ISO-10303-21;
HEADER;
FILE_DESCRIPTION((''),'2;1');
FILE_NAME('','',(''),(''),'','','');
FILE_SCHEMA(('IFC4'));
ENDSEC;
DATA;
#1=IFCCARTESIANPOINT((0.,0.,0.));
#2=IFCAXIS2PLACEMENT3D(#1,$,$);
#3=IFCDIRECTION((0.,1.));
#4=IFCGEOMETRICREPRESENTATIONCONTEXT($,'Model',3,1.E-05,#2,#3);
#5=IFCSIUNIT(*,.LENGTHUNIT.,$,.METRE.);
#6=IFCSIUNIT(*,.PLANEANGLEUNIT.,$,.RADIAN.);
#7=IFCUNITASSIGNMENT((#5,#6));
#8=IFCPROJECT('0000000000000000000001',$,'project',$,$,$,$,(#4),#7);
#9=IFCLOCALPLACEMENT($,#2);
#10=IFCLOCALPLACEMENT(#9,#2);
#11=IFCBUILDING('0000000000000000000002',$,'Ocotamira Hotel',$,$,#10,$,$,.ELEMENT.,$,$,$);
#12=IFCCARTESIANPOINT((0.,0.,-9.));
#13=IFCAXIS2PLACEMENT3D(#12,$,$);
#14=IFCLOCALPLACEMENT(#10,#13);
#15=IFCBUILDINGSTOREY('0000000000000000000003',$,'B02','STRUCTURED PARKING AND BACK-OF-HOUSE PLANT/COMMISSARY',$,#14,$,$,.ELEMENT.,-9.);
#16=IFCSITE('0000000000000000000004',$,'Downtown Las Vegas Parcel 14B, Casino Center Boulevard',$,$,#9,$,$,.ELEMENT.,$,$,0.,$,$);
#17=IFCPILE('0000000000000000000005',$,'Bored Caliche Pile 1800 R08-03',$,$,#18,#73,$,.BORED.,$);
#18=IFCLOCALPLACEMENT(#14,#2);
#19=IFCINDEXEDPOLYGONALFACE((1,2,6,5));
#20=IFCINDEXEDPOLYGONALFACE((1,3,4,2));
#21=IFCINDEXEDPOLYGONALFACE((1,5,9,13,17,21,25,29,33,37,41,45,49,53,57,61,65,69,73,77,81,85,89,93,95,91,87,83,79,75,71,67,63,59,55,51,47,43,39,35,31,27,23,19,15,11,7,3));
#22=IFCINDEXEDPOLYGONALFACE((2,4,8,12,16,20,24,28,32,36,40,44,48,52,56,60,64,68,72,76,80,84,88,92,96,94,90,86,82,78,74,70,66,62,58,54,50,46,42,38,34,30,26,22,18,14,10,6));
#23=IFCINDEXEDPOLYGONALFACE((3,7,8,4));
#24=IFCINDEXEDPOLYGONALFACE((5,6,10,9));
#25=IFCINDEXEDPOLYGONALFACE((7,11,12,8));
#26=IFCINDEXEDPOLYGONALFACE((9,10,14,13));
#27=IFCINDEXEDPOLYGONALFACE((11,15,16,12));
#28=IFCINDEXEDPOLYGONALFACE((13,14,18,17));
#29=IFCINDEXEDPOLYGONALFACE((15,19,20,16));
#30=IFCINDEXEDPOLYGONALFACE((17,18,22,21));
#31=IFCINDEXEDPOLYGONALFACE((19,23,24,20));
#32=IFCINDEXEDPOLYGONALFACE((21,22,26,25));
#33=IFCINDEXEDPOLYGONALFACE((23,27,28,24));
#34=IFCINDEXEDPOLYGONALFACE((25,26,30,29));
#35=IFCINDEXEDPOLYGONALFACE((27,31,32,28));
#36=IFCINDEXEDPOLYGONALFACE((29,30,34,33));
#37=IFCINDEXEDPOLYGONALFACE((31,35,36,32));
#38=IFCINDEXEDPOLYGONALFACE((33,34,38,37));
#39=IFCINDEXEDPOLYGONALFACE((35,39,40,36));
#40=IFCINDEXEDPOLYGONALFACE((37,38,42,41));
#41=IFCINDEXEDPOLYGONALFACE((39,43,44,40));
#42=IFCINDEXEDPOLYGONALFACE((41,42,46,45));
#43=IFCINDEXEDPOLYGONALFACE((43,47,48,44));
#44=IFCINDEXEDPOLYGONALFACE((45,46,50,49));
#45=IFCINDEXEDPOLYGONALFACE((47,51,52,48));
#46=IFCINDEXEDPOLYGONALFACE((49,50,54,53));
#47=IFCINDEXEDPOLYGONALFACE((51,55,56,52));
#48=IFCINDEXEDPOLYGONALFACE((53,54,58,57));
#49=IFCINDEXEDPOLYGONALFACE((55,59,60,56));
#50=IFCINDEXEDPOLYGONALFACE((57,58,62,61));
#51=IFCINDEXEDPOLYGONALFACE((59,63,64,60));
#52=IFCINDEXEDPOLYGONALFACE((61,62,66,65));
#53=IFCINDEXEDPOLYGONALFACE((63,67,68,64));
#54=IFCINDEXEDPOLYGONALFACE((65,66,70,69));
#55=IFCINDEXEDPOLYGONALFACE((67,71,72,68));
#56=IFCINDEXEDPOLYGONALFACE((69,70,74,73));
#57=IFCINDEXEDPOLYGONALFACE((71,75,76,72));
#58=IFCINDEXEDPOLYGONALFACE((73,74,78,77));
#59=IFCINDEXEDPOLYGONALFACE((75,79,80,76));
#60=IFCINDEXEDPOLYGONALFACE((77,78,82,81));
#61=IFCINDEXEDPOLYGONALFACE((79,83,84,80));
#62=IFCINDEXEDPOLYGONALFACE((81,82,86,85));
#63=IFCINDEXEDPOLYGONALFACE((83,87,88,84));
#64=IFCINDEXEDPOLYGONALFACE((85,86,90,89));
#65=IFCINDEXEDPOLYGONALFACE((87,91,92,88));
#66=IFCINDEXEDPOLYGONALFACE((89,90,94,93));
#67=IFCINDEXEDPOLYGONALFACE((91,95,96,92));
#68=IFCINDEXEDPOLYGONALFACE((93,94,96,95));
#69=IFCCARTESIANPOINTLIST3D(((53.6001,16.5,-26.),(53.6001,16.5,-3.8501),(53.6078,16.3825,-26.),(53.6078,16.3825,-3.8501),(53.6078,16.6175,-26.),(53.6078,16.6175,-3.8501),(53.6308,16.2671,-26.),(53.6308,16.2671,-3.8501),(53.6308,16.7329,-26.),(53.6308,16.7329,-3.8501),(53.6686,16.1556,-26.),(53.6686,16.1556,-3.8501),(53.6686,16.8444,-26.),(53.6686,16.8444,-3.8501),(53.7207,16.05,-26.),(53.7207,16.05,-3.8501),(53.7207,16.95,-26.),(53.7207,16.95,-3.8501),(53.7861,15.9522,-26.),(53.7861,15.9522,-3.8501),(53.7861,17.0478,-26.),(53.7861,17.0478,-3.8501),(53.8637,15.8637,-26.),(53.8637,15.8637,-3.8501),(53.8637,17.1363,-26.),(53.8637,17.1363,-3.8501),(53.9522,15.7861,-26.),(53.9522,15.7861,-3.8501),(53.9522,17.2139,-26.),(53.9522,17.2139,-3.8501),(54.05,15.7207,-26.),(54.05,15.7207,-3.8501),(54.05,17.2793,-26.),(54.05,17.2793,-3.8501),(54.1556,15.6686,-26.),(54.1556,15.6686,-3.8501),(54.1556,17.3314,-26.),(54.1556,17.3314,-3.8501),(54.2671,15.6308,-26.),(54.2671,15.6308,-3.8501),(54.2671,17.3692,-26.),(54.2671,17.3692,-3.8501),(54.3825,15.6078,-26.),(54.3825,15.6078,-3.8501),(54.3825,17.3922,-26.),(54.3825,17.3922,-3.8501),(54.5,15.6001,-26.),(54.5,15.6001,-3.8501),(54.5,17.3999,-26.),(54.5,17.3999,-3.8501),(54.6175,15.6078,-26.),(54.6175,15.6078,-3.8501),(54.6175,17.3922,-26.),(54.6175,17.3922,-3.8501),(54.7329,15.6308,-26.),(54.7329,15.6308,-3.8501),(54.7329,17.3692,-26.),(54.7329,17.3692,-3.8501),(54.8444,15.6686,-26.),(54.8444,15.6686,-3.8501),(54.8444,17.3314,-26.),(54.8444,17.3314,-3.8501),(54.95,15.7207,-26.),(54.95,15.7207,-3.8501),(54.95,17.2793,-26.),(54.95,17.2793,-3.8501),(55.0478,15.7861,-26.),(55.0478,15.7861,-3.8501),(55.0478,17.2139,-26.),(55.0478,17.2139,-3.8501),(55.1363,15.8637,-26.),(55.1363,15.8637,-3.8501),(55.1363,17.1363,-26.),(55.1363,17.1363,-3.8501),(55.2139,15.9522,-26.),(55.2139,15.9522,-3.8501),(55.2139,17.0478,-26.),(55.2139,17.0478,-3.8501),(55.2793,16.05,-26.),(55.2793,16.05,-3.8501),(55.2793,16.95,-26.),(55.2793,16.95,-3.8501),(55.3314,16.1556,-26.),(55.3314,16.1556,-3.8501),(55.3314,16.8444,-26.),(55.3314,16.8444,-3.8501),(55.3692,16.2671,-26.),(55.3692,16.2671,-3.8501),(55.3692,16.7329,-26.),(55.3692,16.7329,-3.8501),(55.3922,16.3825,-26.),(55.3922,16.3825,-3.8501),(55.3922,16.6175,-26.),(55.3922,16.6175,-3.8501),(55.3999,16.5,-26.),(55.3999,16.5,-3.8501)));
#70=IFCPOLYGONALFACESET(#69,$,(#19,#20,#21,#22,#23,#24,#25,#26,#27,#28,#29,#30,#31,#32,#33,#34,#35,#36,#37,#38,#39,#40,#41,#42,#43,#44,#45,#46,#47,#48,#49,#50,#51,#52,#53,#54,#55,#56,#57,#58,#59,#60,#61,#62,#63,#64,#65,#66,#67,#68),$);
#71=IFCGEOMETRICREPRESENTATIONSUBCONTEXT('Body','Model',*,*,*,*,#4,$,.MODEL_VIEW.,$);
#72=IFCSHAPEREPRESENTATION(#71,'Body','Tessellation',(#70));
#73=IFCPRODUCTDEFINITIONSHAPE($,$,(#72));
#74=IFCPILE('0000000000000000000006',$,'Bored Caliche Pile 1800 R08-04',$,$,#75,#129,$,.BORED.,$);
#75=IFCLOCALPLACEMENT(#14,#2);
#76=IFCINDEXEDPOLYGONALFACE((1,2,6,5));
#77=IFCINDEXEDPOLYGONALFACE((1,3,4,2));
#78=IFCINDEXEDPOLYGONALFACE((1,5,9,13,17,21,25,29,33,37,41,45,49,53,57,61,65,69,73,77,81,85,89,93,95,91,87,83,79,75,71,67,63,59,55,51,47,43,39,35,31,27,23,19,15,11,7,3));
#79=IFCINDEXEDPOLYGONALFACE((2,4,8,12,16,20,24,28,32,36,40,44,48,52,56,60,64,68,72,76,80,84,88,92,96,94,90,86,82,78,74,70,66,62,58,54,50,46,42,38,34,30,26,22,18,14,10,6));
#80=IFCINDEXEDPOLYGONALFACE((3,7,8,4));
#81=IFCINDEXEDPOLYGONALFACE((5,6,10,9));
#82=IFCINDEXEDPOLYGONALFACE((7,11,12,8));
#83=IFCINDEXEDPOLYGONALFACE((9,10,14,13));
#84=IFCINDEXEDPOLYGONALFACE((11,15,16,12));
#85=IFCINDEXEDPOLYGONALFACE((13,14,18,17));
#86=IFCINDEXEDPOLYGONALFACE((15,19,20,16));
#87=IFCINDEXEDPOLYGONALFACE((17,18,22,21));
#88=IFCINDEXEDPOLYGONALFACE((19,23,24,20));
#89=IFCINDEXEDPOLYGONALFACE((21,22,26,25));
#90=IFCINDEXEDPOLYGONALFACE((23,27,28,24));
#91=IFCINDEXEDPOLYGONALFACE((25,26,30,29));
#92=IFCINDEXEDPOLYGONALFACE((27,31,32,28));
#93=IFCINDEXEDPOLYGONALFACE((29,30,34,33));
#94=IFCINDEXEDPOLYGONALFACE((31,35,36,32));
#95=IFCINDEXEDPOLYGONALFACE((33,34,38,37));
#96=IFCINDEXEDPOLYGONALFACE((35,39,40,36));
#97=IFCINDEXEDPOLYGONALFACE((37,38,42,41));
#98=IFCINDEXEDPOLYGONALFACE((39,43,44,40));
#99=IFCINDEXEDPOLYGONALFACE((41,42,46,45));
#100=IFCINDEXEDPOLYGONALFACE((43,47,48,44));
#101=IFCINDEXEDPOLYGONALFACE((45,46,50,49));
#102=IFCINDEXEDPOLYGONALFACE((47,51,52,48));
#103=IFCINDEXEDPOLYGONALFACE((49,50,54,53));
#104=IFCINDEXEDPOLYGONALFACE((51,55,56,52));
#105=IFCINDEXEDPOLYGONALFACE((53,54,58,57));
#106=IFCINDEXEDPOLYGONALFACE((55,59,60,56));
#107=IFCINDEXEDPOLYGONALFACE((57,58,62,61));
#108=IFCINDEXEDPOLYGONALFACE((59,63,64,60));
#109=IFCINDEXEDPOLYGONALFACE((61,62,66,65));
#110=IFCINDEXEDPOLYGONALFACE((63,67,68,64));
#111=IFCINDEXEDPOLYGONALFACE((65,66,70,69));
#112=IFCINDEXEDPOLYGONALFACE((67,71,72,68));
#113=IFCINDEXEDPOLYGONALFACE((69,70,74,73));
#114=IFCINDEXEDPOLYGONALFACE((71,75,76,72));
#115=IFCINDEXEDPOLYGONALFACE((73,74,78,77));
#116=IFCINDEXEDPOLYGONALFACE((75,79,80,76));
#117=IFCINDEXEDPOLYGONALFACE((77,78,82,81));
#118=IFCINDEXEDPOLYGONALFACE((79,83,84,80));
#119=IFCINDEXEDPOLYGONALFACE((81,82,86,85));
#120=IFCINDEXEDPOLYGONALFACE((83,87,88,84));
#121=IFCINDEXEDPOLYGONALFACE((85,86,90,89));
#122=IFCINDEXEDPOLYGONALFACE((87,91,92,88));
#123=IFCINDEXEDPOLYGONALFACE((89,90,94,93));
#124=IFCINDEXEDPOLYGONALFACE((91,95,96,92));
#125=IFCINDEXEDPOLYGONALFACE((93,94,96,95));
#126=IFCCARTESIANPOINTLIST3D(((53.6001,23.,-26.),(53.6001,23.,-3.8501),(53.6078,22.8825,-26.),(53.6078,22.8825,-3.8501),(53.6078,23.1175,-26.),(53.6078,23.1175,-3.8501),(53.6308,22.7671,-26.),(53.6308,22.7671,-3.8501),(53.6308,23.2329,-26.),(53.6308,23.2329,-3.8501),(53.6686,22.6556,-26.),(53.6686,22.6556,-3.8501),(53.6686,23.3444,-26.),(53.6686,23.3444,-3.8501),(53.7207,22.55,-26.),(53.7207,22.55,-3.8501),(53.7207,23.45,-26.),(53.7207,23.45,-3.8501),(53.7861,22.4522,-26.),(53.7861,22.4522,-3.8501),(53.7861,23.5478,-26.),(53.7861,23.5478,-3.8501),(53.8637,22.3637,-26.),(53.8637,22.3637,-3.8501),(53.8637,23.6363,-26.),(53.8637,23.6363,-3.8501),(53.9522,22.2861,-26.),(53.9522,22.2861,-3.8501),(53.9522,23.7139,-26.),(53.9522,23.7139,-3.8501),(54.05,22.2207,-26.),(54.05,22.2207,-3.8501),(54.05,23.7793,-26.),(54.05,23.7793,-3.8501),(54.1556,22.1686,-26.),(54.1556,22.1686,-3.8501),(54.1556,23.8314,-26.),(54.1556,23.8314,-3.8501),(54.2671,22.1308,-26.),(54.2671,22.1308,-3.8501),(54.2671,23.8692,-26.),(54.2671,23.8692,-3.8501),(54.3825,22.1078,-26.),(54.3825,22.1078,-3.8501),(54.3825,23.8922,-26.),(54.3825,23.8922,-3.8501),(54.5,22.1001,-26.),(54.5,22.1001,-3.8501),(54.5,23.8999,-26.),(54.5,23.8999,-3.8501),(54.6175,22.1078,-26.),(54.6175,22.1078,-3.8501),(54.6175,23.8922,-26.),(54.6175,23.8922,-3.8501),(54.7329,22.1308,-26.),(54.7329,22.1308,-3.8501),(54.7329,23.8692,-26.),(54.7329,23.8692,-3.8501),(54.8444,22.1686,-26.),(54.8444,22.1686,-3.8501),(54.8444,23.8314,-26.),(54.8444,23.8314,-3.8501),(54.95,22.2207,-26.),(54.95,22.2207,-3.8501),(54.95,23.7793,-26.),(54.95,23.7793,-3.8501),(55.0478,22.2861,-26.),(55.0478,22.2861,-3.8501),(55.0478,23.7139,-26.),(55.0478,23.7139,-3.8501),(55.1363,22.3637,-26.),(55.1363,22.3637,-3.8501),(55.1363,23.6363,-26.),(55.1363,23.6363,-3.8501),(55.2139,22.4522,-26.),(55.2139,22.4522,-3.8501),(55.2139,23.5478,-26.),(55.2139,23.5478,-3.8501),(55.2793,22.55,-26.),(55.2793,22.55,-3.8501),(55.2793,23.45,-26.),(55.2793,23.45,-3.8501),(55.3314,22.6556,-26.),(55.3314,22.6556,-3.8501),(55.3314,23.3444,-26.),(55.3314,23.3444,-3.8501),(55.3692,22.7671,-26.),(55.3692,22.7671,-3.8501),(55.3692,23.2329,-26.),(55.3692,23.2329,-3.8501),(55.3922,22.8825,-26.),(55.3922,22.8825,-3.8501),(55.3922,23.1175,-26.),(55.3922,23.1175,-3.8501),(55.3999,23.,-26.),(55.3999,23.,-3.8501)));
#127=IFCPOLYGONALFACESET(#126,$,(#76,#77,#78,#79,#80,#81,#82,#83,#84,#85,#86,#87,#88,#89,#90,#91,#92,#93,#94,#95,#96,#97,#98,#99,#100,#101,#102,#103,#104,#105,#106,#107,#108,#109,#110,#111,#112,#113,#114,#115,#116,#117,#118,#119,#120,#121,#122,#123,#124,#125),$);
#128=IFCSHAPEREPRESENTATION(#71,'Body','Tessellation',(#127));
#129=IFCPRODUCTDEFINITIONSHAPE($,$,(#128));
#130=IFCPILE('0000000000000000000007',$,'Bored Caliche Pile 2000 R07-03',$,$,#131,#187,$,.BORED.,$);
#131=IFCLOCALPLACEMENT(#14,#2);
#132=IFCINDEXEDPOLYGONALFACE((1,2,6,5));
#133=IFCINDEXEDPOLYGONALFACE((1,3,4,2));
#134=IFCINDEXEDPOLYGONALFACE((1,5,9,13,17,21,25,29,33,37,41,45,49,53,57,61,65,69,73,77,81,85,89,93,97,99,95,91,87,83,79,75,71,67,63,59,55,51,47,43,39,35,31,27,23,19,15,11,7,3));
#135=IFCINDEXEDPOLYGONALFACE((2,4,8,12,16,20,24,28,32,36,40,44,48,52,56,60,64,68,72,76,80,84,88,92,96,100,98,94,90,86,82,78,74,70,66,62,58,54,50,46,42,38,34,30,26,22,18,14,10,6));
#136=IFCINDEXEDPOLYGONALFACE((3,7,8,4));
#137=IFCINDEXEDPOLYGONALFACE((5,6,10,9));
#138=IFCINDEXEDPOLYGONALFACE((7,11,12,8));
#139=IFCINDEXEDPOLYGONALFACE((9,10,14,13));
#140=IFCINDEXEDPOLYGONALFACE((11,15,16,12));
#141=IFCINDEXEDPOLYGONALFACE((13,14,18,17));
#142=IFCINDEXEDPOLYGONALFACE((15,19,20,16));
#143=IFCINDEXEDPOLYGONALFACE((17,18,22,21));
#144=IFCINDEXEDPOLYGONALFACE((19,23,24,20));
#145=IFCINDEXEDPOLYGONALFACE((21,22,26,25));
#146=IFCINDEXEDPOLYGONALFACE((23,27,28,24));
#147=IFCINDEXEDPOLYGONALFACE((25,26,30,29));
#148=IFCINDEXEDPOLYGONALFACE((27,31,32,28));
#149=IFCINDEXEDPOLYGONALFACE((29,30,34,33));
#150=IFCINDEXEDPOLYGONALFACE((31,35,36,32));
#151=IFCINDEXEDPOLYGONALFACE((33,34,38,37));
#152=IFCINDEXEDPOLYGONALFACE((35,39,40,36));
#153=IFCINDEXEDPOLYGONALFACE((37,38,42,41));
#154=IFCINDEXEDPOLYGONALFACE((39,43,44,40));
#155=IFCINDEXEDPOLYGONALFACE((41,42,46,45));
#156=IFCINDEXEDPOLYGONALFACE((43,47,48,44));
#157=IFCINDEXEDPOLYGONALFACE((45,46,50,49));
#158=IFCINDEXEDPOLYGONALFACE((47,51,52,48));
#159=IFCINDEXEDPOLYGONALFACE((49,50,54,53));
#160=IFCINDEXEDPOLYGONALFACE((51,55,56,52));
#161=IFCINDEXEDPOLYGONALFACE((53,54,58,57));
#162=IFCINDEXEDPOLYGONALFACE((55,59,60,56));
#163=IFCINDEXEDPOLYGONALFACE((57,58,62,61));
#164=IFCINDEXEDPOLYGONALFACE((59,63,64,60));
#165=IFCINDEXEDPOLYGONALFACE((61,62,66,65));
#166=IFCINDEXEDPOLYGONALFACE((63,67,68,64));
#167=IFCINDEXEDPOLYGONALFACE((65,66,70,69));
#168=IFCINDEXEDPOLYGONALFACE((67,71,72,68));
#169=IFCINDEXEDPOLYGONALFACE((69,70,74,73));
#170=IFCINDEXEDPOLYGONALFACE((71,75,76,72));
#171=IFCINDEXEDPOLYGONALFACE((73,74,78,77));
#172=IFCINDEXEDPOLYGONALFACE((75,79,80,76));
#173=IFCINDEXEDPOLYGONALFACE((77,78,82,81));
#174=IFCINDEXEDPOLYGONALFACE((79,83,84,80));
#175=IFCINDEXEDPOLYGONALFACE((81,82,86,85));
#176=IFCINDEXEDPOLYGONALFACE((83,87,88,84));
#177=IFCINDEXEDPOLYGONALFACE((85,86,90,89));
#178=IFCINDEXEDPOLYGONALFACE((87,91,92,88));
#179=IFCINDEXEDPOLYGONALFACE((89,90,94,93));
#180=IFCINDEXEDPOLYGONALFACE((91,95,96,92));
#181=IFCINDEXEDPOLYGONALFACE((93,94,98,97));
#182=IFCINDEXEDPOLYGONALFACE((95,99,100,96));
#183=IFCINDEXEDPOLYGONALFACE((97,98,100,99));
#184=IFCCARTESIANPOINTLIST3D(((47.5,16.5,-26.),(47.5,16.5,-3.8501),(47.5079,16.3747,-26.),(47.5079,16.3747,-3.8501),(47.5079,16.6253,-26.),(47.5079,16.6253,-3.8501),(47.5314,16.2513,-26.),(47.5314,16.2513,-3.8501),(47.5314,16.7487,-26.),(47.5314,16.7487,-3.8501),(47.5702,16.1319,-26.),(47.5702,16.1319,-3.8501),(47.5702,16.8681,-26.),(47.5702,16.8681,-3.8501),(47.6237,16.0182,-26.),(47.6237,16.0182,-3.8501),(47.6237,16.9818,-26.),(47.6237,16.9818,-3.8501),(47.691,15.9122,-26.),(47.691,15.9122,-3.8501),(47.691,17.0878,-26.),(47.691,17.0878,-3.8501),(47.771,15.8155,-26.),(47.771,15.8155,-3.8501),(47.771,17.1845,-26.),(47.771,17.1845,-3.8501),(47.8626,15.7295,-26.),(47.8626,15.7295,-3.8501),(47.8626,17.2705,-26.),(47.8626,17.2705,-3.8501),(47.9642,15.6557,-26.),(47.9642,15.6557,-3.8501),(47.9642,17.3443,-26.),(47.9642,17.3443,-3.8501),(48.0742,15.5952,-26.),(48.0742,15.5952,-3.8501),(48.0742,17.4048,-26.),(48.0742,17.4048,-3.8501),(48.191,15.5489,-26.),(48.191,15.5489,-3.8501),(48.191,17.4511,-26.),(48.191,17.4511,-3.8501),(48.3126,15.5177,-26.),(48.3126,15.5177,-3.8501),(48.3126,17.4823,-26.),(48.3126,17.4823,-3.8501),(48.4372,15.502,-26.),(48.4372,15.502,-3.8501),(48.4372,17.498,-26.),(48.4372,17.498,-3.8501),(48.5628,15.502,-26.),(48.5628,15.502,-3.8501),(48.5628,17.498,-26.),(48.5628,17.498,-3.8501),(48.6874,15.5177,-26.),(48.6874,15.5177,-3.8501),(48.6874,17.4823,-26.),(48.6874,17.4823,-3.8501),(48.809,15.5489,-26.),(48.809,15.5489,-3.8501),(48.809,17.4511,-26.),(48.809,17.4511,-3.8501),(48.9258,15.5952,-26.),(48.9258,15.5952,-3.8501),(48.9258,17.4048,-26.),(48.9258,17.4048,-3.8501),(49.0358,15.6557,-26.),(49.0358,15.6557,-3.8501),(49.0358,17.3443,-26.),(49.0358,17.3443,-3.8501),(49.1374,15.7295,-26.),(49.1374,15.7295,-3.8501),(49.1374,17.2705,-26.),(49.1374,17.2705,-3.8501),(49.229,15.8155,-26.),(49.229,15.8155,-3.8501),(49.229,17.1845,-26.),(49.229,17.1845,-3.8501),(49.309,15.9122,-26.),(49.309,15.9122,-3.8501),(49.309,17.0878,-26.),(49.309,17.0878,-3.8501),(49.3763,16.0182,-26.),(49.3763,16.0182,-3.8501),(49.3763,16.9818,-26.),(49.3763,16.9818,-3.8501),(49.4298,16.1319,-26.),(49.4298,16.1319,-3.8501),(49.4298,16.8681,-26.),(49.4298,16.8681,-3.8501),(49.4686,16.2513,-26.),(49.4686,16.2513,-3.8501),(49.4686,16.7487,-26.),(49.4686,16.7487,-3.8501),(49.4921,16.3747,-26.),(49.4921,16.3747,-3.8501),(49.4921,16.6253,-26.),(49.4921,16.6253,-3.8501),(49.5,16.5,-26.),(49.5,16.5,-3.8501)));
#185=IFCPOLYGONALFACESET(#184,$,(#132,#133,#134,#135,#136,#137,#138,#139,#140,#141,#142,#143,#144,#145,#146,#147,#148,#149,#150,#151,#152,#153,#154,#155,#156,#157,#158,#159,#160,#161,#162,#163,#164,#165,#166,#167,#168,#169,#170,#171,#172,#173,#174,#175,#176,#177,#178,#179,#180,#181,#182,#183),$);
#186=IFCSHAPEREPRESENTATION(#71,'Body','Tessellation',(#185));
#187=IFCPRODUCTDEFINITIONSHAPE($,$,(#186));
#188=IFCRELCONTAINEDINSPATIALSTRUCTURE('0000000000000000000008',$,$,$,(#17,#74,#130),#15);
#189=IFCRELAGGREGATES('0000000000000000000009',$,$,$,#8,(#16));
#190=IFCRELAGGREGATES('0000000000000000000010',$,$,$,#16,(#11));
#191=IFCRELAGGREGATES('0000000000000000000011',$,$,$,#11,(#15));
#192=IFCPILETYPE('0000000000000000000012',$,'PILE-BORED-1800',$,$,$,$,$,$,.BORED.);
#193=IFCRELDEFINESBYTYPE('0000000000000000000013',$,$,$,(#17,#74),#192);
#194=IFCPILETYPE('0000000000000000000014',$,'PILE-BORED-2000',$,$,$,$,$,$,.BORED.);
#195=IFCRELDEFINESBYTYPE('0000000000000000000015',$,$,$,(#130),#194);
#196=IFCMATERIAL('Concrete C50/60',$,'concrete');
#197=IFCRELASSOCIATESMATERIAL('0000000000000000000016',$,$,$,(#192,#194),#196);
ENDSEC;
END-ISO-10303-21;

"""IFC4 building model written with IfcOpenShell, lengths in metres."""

from ifc_helpers import new_model, si_unit, direction, frame, origin, origin_2d, place, context, subcontext, project, spatial, circle, extrude, source, transform, mapped, material, material_profile, profile_set, type_object, element, save


model = new_model("IFC4")

# Units and contexts
model_context = context("Model", 3, precision=1e-05, world=origin(), true_north=direction((0.0, 1.0)))
body_context = subcontext(model_context, "Body", "Model", "MODEL_VIEW")
ifc_project = project(units=[si_unit("LENGTHUNIT", "METRE"), si_unit("PLANEANGLEUNIT", "RADIAN")], contexts=[model_context])

# Site, building, storey
site_placement = place(None, origin())
site = spatial("IfcSite", under=ifc_project, at=site_placement, Name="Downtown Las Vegas Parcel 14B, Casino Center Boulevard", CompositionType="ELEMENT", RefElevation=0.0)
building_placement = place(site_placement, origin())
building = spatial("IfcBuilding", under=site, at=building_placement, Name="Ocotamira Hotel", CompositionType="ELEMENT")
storey_placement = place(building_placement, frame((0.0, 0.0, -9.0)))
storey = spatial("IfcBuildingStorey", under=building, at=storey_placement, Name="B02", Description="STRUCTURED PARKING AND BACK-OF-HOUSE PLANT/COMMISSARY", CompositionType="ELEMENT", Elevation=-9.0)

# Piles
ifc_material_1 = material(Name="Concrete C50/60", Category="concrete")
ifc_material_profile_1 = material_profile(ifc_material_1, circle(Radius=0.8999, at=origin_2d()), Name="PILE1800")
ifc_profile_set_1 = profile_set([ifc_material_profile_1], Name="Concrete C50/60")
pile_type_1 = type_object("IfcPileType", Name="PILE-BORED-1800", PredefinedType="BORED", material=ifc_profile_set_1)
shared_shape_1 = source(origin(), body_context, "Body", "SweptSolid", [
    extrude(circle(Radius=0.8999, at=origin_2d()), origin(), (0.0, 0.0, 1.0), 22.1499),
])
for number, where, z_axis, x_axis, name in (
    (1, (54.5, 16.5, -3.8501), (0.0, 0.0, -1.0), (1.0, 0.0, 0.0), "Bored Caliche Pile 1800 R08-03"),
    (2, (54.5, 23.0, -3.8501), (0.0, 0.0, -1.0), (1.0, 0.0, 0.0), "Bored Caliche Pile 1800 R08-04"),
):
    element("IfcPile", number, at=place(storey_placement, frame(where, z_axis=z_axis, x_axis=x_axis)), inside=storey, type_object=pile_type_1, Name=name, PredefinedType="BORED", context=body_context, shape_type="MappedRepresentation", body=[
        mapped(shared_shape_1, transform((0.0, 0.0, 0.0), scale=1.0)),
    ])
ifc_material_profile_2 = material_profile(ifc_material_1, circle(Radius=1.0, at=origin_2d()), Name="PILE2000")
ifc_profile_set_2 = profile_set([ifc_material_profile_2], Name="Concrete C50/60")
pile_type_2 = type_object("IfcPileType", Name="PILE-BORED-2000", PredefinedType="BORED", material=ifc_profile_set_2)
shared_shape_2 = source(origin(), body_context, "Body", "SweptSolid", [
    extrude(circle(Radius=1.0, at=origin_2d()), origin(), (0.0, 0.0, 1.0), 22.1499),
])
for number, where, z_axis, x_axis, name in (
    (3, (48.5, 16.5, -3.8501), (0.0, 0.0, -1.0), (1.0, 0.0, 0.0), "Bored Caliche Pile 2000 R07-03"),
):
    element("IfcPile", number, at=place(storey_placement, frame(where, z_axis=z_axis, x_axis=x_axis)), inside=storey, type_object=pile_type_2, Name=name, PredefinedType="BORED", context=body_context, shape_type="MappedRepresentation", body=[
        mapped(shared_shape_2, transform((0.0, 0.0, 0.0), scale=1.0)),
    ])

save(model, "model.ifc")
